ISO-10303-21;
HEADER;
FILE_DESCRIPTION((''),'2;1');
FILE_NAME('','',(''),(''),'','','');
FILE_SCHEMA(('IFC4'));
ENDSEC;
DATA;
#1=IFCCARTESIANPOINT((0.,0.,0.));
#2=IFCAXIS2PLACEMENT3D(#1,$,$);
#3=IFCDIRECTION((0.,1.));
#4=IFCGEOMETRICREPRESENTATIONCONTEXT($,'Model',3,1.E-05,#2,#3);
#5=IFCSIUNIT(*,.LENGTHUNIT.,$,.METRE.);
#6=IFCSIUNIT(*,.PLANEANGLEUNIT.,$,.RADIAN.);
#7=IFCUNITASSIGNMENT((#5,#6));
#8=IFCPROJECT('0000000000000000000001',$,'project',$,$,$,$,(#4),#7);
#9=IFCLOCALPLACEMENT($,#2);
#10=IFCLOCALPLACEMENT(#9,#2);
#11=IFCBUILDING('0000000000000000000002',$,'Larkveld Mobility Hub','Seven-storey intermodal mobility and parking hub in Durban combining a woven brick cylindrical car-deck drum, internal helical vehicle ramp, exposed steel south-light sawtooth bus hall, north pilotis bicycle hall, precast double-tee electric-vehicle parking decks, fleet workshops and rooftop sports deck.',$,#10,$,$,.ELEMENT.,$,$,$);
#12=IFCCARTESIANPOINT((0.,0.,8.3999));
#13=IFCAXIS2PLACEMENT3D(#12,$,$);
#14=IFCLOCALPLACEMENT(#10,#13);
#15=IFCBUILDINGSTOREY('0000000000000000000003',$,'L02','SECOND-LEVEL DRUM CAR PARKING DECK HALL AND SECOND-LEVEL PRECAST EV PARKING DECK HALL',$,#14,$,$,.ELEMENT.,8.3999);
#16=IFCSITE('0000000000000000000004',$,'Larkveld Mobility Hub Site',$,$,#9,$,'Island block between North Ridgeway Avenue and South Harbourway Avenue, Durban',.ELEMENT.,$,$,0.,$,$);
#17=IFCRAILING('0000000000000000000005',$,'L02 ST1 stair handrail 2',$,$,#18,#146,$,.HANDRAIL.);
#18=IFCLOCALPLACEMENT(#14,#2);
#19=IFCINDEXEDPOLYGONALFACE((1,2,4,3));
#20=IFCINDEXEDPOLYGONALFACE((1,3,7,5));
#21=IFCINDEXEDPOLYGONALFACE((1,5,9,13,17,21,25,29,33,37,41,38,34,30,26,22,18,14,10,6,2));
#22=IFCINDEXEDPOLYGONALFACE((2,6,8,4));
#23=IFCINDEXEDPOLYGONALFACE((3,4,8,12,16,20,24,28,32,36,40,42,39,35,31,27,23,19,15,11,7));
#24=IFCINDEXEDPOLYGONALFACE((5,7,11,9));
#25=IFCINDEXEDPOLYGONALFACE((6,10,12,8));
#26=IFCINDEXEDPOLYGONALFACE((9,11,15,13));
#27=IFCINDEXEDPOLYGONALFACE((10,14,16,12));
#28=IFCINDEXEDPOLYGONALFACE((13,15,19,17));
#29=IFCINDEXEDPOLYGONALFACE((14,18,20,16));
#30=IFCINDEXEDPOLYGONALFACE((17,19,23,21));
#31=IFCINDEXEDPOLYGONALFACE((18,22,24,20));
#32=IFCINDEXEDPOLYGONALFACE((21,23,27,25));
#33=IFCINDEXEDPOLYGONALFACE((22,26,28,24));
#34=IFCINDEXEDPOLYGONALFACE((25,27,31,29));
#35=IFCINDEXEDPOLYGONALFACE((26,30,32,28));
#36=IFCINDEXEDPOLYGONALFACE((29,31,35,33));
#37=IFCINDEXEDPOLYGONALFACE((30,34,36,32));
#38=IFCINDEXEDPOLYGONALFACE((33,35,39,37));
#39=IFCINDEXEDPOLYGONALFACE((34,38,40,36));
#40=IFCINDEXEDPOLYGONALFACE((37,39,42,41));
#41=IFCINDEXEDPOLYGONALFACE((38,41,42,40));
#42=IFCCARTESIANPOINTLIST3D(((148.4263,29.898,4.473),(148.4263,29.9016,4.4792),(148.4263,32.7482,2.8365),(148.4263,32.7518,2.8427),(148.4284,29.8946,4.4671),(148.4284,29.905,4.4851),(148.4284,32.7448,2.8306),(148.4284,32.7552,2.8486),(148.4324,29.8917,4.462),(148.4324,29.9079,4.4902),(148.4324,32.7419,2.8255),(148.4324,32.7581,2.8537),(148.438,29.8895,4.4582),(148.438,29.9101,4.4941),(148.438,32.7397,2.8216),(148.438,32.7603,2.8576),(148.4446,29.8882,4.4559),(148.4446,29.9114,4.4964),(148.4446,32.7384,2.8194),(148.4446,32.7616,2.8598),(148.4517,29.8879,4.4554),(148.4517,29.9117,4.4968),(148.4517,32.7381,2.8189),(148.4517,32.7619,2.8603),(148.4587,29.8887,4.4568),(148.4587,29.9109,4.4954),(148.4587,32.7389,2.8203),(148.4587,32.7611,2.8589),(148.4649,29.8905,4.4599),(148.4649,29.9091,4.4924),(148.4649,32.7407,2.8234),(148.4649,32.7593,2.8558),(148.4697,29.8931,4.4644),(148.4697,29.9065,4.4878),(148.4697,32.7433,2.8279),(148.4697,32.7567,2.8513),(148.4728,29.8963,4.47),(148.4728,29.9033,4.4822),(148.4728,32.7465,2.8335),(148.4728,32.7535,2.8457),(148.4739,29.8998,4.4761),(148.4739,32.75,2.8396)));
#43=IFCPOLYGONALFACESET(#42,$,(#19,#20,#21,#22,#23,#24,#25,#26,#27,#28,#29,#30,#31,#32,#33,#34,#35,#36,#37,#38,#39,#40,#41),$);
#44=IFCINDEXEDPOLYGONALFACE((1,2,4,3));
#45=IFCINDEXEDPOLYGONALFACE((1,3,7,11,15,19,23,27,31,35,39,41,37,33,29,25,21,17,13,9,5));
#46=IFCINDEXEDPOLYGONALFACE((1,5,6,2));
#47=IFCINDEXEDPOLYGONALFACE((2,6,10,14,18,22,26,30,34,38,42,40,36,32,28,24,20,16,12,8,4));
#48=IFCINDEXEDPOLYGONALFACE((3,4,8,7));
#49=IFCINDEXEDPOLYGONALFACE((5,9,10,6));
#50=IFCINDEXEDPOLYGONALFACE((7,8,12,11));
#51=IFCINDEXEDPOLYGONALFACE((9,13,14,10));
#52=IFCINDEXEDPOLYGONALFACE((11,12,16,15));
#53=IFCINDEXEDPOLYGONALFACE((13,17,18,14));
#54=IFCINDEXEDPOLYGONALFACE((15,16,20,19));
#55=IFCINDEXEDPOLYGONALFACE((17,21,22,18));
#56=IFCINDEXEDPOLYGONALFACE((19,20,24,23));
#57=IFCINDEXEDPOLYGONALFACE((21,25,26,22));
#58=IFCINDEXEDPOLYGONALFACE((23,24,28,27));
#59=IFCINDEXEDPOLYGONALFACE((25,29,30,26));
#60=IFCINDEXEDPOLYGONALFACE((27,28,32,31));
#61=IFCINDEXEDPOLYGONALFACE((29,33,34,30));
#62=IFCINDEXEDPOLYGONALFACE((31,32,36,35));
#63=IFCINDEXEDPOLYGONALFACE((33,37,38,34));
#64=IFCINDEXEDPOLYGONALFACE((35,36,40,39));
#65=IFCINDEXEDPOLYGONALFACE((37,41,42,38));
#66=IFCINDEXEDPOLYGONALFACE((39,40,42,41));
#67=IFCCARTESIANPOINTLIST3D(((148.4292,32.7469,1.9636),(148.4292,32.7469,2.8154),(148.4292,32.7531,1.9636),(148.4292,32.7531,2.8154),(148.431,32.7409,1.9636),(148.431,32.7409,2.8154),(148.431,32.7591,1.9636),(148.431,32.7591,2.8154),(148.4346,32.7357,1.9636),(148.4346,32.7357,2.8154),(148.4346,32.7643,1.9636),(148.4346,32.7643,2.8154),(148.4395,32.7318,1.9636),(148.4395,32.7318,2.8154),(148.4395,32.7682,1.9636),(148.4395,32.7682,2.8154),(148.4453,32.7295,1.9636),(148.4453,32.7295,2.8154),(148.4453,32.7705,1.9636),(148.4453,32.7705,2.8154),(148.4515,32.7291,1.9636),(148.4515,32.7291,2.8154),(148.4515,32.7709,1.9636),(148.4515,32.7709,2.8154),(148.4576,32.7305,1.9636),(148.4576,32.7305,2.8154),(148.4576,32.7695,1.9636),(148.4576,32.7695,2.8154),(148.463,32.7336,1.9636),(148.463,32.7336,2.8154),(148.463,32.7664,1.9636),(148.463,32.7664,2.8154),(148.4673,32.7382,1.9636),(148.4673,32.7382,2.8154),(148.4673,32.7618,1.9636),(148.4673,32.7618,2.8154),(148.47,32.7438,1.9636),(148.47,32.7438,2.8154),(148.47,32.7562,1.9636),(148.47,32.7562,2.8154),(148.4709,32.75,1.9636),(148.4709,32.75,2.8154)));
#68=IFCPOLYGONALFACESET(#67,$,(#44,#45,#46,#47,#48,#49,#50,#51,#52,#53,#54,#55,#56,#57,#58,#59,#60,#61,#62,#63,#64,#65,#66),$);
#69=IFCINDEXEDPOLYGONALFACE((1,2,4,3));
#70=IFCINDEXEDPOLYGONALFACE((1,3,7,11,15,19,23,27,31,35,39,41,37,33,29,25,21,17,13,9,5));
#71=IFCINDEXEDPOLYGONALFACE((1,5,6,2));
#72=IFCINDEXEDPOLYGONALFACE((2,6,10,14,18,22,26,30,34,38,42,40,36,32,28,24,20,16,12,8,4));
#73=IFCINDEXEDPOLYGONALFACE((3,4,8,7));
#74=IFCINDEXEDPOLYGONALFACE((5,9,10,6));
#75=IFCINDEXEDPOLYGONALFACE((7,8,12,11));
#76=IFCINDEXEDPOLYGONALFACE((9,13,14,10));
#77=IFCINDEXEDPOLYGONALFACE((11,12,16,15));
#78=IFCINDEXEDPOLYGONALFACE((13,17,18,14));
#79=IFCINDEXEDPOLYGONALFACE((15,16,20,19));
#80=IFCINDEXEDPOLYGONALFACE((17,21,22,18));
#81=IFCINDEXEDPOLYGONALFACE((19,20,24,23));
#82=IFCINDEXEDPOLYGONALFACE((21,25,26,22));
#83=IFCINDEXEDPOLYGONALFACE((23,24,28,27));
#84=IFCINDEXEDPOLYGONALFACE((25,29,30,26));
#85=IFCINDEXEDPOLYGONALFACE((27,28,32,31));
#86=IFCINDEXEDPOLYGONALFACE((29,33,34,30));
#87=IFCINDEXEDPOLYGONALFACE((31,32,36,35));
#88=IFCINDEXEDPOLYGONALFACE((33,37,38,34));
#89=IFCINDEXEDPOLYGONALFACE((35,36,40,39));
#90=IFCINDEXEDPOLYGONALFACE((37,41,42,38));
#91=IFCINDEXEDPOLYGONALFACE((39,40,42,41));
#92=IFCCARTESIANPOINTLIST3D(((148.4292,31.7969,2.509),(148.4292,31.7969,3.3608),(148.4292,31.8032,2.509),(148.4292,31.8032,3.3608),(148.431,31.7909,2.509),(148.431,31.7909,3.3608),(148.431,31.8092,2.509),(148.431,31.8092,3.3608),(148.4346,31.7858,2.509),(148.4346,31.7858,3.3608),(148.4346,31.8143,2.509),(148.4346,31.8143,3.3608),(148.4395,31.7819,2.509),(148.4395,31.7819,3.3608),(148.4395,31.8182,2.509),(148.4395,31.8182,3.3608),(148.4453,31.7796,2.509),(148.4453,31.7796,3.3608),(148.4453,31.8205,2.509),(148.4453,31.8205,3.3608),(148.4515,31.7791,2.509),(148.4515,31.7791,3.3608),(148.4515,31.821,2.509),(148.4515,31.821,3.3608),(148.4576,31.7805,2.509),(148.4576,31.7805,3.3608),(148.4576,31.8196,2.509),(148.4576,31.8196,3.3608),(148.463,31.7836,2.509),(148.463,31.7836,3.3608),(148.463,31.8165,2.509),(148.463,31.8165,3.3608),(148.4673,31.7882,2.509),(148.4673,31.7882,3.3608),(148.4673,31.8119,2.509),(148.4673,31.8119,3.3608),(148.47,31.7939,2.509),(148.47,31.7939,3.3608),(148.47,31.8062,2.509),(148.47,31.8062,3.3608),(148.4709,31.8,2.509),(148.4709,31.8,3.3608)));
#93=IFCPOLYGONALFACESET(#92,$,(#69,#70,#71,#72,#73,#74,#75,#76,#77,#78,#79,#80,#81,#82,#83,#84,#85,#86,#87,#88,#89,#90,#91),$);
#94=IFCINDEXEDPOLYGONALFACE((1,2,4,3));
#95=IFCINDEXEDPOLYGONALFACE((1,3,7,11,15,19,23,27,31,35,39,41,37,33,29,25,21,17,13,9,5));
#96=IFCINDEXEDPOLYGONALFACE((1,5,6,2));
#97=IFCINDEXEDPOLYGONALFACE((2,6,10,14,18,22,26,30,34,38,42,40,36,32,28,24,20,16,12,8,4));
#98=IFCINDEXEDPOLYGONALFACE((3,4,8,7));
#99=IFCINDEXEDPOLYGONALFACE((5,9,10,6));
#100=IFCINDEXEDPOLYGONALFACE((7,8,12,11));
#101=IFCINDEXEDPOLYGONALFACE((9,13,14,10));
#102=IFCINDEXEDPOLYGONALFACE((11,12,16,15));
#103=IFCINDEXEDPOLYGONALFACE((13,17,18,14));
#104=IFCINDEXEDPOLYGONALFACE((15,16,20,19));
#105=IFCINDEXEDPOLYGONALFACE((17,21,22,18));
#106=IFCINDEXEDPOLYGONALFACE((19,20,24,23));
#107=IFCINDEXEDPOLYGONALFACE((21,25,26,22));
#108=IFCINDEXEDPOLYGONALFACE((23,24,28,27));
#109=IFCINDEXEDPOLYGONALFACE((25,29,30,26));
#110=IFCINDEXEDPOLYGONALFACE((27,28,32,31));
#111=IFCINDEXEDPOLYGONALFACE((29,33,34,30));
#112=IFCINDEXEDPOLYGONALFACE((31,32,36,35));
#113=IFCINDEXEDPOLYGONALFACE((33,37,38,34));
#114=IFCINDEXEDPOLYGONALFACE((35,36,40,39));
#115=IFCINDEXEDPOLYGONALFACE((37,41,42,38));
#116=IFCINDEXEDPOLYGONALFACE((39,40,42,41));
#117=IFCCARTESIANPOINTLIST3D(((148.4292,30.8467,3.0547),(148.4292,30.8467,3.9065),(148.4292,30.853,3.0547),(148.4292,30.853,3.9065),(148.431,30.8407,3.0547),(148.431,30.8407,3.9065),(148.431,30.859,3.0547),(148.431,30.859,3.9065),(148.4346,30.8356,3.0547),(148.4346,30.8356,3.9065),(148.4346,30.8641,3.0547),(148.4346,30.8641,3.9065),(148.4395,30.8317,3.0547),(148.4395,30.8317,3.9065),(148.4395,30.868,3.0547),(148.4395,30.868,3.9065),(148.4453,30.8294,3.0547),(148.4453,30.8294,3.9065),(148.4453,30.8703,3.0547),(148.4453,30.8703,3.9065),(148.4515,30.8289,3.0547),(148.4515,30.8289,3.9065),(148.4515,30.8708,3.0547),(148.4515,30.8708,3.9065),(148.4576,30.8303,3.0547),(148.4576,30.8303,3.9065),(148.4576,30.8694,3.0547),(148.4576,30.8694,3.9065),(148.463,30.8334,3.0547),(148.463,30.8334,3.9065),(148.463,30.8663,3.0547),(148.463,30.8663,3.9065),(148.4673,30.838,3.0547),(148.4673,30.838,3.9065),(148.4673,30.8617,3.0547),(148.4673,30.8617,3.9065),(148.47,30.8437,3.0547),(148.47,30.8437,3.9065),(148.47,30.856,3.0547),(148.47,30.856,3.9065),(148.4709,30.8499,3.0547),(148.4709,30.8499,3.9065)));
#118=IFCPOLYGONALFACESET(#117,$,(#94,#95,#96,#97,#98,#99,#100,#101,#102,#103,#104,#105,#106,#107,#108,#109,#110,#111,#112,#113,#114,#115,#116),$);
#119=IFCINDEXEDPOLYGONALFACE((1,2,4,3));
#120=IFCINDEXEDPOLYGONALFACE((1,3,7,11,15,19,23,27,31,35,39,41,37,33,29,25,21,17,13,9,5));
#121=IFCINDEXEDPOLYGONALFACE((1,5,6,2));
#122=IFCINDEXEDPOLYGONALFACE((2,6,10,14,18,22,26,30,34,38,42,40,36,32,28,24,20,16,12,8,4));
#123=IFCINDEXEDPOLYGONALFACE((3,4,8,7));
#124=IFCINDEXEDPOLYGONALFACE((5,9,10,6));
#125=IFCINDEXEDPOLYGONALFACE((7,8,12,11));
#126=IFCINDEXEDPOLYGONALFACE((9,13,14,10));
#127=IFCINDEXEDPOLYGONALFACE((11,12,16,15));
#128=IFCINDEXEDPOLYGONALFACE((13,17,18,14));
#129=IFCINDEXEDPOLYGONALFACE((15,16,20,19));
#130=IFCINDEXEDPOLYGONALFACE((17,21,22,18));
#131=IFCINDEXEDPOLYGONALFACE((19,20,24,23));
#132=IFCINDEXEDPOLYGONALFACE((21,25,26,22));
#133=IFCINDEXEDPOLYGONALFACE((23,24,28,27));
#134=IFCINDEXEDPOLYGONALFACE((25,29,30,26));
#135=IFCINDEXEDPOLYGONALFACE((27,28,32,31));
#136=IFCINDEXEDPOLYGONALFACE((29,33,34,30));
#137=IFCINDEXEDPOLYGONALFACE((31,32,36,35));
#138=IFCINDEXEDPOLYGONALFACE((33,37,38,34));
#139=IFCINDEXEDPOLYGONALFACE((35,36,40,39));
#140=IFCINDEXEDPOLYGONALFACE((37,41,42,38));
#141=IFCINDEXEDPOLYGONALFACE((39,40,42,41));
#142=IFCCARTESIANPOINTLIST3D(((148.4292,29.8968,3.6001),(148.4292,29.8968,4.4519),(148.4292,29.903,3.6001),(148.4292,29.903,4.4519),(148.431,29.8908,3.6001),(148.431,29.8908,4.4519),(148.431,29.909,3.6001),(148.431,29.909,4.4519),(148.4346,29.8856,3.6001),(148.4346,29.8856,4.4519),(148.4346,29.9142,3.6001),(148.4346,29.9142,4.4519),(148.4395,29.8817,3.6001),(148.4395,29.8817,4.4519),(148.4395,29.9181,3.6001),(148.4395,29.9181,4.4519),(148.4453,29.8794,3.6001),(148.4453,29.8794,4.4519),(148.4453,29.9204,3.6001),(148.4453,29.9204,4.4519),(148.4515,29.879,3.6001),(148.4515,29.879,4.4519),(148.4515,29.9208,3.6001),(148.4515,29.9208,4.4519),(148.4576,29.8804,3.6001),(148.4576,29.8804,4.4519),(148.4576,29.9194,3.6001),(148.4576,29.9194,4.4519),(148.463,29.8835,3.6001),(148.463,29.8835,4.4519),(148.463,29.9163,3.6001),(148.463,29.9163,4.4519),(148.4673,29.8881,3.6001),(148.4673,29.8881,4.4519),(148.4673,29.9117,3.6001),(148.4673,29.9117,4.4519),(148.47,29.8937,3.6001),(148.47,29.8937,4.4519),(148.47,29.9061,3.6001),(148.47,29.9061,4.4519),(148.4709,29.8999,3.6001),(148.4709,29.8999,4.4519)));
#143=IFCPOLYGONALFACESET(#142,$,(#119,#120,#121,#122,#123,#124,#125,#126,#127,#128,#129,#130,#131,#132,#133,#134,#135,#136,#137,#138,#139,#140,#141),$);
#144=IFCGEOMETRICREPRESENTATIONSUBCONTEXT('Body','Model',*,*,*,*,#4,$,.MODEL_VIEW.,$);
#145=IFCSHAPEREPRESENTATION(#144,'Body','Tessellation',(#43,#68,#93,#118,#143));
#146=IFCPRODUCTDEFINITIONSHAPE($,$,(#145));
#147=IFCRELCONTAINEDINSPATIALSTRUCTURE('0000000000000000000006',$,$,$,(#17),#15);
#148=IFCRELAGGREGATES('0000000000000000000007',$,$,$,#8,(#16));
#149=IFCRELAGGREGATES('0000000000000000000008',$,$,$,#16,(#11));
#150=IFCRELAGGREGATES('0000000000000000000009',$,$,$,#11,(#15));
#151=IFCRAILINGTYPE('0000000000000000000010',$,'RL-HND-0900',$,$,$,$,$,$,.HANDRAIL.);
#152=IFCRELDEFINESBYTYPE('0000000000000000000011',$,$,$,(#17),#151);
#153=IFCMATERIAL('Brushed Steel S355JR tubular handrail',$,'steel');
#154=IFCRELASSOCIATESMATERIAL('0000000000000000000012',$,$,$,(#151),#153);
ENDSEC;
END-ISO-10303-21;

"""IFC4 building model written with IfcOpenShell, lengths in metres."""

from ifc_helpers import new_model, si_unit, direction, frame, origin, origin_2d, place, context, subcontext, project, spatial, circle, extrude, material, type_object, element, save


model = new_model("IFC4")

# Units and contexts
model_context = context("Model", 3, precision=1e-05, world=origin(), true_north=direction((0.0, 1.0)))
body_context = subcontext(model_context, "Body", "Model", "MODEL_VIEW")
ifc_project = project(units=[si_unit("LENGTHUNIT", "METRE"), si_unit("PLANEANGLEUNIT", "RADIAN")], contexts=[model_context])

# Site, building, storey
site_placement = place(None, origin())
site = spatial("IfcSite", under=ifc_project, at=site_placement, Name="Larkveld Mobility Hub Site", LongName="Island block between North Ridgeway Avenue and South Harbourway Avenue, Durban", CompositionType="ELEMENT", RefElevation=0.0)
building_placement = place(site_placement, origin())
building = spatial("IfcBuilding", under=site, at=building_placement, Name="Larkveld Mobility Hub", Description="Seven-storey intermodal mobility and parking hub in Durban combining a woven brick cylindrical car-deck drum, internal helical vehicle ramp, exposed steel south-light sawtooth bus hall, north pilotis bicycle hall, precast double-tee electric-vehicle parking decks, fleet workshops and rooftop sports deck.", CompositionType="ELEMENT")
storey_placement = place(building_placement, frame((0.0, 0.0, 8.3999)))
storey = spatial("IfcBuildingStorey", under=building, at=storey_placement, Name="L02", Description="SECOND-LEVEL DRUM CAR PARKING DECK HALL AND SECOND-LEVEL PRECAST EV PARKING DECK HALL", CompositionType="ELEMENT", Elevation=8.3999)

# Railing
ifc_material_1 = material(Name="Brushed Steel S355JR tubular handrail", Category="steel")
railing_type_1 = type_object("IfcRailingType", Name="RL-HND-0900", PredefinedType="HANDRAIL", material=ifc_material_1)
railing_1_placement = place(storey_placement, frame((148.45, 32.75, 1.9636)))
element("IfcRailing", 1, at=railing_1_placement, inside=storey, type_object=railing_type_1, Name="L02 ST1 stair handrail 2", PredefinedType="HANDRAIL", context=body_context, shape_type="SweptSolid", body=[
    extrude(circle(Radius=0.0239, at=origin_2d()), frame((0.0, 0.0, 0.876), z_axis=(0.0, -0.867213, 0.497938), x_axis=(1.0, 0.0, 0.0)), (0.0, 0.0, 1.0), 3.2866),
    extrude(circle(Radius=0.021, at=origin_2d()), origin(), (0.0, 0.0, 1.0), 0.8518),
    extrude(circle(Radius=0.021, at=origin_2d()), frame((0.0, -0.95, 0.5454)), (0.0, 0.0, 1.0), 0.8518),
    extrude(circle(Radius=0.021, at=origin_2d()), frame((0.0, -1.9001, 1.0911)), (0.0, 0.0, 1.0), 0.8518),
    extrude(circle(Radius=0.021, at=origin_2d()), frame((0.0, -2.8501, 1.6365)), (0.0, 0.0, 1.0), 0.8518),
])

save(model, "model.ifc")
